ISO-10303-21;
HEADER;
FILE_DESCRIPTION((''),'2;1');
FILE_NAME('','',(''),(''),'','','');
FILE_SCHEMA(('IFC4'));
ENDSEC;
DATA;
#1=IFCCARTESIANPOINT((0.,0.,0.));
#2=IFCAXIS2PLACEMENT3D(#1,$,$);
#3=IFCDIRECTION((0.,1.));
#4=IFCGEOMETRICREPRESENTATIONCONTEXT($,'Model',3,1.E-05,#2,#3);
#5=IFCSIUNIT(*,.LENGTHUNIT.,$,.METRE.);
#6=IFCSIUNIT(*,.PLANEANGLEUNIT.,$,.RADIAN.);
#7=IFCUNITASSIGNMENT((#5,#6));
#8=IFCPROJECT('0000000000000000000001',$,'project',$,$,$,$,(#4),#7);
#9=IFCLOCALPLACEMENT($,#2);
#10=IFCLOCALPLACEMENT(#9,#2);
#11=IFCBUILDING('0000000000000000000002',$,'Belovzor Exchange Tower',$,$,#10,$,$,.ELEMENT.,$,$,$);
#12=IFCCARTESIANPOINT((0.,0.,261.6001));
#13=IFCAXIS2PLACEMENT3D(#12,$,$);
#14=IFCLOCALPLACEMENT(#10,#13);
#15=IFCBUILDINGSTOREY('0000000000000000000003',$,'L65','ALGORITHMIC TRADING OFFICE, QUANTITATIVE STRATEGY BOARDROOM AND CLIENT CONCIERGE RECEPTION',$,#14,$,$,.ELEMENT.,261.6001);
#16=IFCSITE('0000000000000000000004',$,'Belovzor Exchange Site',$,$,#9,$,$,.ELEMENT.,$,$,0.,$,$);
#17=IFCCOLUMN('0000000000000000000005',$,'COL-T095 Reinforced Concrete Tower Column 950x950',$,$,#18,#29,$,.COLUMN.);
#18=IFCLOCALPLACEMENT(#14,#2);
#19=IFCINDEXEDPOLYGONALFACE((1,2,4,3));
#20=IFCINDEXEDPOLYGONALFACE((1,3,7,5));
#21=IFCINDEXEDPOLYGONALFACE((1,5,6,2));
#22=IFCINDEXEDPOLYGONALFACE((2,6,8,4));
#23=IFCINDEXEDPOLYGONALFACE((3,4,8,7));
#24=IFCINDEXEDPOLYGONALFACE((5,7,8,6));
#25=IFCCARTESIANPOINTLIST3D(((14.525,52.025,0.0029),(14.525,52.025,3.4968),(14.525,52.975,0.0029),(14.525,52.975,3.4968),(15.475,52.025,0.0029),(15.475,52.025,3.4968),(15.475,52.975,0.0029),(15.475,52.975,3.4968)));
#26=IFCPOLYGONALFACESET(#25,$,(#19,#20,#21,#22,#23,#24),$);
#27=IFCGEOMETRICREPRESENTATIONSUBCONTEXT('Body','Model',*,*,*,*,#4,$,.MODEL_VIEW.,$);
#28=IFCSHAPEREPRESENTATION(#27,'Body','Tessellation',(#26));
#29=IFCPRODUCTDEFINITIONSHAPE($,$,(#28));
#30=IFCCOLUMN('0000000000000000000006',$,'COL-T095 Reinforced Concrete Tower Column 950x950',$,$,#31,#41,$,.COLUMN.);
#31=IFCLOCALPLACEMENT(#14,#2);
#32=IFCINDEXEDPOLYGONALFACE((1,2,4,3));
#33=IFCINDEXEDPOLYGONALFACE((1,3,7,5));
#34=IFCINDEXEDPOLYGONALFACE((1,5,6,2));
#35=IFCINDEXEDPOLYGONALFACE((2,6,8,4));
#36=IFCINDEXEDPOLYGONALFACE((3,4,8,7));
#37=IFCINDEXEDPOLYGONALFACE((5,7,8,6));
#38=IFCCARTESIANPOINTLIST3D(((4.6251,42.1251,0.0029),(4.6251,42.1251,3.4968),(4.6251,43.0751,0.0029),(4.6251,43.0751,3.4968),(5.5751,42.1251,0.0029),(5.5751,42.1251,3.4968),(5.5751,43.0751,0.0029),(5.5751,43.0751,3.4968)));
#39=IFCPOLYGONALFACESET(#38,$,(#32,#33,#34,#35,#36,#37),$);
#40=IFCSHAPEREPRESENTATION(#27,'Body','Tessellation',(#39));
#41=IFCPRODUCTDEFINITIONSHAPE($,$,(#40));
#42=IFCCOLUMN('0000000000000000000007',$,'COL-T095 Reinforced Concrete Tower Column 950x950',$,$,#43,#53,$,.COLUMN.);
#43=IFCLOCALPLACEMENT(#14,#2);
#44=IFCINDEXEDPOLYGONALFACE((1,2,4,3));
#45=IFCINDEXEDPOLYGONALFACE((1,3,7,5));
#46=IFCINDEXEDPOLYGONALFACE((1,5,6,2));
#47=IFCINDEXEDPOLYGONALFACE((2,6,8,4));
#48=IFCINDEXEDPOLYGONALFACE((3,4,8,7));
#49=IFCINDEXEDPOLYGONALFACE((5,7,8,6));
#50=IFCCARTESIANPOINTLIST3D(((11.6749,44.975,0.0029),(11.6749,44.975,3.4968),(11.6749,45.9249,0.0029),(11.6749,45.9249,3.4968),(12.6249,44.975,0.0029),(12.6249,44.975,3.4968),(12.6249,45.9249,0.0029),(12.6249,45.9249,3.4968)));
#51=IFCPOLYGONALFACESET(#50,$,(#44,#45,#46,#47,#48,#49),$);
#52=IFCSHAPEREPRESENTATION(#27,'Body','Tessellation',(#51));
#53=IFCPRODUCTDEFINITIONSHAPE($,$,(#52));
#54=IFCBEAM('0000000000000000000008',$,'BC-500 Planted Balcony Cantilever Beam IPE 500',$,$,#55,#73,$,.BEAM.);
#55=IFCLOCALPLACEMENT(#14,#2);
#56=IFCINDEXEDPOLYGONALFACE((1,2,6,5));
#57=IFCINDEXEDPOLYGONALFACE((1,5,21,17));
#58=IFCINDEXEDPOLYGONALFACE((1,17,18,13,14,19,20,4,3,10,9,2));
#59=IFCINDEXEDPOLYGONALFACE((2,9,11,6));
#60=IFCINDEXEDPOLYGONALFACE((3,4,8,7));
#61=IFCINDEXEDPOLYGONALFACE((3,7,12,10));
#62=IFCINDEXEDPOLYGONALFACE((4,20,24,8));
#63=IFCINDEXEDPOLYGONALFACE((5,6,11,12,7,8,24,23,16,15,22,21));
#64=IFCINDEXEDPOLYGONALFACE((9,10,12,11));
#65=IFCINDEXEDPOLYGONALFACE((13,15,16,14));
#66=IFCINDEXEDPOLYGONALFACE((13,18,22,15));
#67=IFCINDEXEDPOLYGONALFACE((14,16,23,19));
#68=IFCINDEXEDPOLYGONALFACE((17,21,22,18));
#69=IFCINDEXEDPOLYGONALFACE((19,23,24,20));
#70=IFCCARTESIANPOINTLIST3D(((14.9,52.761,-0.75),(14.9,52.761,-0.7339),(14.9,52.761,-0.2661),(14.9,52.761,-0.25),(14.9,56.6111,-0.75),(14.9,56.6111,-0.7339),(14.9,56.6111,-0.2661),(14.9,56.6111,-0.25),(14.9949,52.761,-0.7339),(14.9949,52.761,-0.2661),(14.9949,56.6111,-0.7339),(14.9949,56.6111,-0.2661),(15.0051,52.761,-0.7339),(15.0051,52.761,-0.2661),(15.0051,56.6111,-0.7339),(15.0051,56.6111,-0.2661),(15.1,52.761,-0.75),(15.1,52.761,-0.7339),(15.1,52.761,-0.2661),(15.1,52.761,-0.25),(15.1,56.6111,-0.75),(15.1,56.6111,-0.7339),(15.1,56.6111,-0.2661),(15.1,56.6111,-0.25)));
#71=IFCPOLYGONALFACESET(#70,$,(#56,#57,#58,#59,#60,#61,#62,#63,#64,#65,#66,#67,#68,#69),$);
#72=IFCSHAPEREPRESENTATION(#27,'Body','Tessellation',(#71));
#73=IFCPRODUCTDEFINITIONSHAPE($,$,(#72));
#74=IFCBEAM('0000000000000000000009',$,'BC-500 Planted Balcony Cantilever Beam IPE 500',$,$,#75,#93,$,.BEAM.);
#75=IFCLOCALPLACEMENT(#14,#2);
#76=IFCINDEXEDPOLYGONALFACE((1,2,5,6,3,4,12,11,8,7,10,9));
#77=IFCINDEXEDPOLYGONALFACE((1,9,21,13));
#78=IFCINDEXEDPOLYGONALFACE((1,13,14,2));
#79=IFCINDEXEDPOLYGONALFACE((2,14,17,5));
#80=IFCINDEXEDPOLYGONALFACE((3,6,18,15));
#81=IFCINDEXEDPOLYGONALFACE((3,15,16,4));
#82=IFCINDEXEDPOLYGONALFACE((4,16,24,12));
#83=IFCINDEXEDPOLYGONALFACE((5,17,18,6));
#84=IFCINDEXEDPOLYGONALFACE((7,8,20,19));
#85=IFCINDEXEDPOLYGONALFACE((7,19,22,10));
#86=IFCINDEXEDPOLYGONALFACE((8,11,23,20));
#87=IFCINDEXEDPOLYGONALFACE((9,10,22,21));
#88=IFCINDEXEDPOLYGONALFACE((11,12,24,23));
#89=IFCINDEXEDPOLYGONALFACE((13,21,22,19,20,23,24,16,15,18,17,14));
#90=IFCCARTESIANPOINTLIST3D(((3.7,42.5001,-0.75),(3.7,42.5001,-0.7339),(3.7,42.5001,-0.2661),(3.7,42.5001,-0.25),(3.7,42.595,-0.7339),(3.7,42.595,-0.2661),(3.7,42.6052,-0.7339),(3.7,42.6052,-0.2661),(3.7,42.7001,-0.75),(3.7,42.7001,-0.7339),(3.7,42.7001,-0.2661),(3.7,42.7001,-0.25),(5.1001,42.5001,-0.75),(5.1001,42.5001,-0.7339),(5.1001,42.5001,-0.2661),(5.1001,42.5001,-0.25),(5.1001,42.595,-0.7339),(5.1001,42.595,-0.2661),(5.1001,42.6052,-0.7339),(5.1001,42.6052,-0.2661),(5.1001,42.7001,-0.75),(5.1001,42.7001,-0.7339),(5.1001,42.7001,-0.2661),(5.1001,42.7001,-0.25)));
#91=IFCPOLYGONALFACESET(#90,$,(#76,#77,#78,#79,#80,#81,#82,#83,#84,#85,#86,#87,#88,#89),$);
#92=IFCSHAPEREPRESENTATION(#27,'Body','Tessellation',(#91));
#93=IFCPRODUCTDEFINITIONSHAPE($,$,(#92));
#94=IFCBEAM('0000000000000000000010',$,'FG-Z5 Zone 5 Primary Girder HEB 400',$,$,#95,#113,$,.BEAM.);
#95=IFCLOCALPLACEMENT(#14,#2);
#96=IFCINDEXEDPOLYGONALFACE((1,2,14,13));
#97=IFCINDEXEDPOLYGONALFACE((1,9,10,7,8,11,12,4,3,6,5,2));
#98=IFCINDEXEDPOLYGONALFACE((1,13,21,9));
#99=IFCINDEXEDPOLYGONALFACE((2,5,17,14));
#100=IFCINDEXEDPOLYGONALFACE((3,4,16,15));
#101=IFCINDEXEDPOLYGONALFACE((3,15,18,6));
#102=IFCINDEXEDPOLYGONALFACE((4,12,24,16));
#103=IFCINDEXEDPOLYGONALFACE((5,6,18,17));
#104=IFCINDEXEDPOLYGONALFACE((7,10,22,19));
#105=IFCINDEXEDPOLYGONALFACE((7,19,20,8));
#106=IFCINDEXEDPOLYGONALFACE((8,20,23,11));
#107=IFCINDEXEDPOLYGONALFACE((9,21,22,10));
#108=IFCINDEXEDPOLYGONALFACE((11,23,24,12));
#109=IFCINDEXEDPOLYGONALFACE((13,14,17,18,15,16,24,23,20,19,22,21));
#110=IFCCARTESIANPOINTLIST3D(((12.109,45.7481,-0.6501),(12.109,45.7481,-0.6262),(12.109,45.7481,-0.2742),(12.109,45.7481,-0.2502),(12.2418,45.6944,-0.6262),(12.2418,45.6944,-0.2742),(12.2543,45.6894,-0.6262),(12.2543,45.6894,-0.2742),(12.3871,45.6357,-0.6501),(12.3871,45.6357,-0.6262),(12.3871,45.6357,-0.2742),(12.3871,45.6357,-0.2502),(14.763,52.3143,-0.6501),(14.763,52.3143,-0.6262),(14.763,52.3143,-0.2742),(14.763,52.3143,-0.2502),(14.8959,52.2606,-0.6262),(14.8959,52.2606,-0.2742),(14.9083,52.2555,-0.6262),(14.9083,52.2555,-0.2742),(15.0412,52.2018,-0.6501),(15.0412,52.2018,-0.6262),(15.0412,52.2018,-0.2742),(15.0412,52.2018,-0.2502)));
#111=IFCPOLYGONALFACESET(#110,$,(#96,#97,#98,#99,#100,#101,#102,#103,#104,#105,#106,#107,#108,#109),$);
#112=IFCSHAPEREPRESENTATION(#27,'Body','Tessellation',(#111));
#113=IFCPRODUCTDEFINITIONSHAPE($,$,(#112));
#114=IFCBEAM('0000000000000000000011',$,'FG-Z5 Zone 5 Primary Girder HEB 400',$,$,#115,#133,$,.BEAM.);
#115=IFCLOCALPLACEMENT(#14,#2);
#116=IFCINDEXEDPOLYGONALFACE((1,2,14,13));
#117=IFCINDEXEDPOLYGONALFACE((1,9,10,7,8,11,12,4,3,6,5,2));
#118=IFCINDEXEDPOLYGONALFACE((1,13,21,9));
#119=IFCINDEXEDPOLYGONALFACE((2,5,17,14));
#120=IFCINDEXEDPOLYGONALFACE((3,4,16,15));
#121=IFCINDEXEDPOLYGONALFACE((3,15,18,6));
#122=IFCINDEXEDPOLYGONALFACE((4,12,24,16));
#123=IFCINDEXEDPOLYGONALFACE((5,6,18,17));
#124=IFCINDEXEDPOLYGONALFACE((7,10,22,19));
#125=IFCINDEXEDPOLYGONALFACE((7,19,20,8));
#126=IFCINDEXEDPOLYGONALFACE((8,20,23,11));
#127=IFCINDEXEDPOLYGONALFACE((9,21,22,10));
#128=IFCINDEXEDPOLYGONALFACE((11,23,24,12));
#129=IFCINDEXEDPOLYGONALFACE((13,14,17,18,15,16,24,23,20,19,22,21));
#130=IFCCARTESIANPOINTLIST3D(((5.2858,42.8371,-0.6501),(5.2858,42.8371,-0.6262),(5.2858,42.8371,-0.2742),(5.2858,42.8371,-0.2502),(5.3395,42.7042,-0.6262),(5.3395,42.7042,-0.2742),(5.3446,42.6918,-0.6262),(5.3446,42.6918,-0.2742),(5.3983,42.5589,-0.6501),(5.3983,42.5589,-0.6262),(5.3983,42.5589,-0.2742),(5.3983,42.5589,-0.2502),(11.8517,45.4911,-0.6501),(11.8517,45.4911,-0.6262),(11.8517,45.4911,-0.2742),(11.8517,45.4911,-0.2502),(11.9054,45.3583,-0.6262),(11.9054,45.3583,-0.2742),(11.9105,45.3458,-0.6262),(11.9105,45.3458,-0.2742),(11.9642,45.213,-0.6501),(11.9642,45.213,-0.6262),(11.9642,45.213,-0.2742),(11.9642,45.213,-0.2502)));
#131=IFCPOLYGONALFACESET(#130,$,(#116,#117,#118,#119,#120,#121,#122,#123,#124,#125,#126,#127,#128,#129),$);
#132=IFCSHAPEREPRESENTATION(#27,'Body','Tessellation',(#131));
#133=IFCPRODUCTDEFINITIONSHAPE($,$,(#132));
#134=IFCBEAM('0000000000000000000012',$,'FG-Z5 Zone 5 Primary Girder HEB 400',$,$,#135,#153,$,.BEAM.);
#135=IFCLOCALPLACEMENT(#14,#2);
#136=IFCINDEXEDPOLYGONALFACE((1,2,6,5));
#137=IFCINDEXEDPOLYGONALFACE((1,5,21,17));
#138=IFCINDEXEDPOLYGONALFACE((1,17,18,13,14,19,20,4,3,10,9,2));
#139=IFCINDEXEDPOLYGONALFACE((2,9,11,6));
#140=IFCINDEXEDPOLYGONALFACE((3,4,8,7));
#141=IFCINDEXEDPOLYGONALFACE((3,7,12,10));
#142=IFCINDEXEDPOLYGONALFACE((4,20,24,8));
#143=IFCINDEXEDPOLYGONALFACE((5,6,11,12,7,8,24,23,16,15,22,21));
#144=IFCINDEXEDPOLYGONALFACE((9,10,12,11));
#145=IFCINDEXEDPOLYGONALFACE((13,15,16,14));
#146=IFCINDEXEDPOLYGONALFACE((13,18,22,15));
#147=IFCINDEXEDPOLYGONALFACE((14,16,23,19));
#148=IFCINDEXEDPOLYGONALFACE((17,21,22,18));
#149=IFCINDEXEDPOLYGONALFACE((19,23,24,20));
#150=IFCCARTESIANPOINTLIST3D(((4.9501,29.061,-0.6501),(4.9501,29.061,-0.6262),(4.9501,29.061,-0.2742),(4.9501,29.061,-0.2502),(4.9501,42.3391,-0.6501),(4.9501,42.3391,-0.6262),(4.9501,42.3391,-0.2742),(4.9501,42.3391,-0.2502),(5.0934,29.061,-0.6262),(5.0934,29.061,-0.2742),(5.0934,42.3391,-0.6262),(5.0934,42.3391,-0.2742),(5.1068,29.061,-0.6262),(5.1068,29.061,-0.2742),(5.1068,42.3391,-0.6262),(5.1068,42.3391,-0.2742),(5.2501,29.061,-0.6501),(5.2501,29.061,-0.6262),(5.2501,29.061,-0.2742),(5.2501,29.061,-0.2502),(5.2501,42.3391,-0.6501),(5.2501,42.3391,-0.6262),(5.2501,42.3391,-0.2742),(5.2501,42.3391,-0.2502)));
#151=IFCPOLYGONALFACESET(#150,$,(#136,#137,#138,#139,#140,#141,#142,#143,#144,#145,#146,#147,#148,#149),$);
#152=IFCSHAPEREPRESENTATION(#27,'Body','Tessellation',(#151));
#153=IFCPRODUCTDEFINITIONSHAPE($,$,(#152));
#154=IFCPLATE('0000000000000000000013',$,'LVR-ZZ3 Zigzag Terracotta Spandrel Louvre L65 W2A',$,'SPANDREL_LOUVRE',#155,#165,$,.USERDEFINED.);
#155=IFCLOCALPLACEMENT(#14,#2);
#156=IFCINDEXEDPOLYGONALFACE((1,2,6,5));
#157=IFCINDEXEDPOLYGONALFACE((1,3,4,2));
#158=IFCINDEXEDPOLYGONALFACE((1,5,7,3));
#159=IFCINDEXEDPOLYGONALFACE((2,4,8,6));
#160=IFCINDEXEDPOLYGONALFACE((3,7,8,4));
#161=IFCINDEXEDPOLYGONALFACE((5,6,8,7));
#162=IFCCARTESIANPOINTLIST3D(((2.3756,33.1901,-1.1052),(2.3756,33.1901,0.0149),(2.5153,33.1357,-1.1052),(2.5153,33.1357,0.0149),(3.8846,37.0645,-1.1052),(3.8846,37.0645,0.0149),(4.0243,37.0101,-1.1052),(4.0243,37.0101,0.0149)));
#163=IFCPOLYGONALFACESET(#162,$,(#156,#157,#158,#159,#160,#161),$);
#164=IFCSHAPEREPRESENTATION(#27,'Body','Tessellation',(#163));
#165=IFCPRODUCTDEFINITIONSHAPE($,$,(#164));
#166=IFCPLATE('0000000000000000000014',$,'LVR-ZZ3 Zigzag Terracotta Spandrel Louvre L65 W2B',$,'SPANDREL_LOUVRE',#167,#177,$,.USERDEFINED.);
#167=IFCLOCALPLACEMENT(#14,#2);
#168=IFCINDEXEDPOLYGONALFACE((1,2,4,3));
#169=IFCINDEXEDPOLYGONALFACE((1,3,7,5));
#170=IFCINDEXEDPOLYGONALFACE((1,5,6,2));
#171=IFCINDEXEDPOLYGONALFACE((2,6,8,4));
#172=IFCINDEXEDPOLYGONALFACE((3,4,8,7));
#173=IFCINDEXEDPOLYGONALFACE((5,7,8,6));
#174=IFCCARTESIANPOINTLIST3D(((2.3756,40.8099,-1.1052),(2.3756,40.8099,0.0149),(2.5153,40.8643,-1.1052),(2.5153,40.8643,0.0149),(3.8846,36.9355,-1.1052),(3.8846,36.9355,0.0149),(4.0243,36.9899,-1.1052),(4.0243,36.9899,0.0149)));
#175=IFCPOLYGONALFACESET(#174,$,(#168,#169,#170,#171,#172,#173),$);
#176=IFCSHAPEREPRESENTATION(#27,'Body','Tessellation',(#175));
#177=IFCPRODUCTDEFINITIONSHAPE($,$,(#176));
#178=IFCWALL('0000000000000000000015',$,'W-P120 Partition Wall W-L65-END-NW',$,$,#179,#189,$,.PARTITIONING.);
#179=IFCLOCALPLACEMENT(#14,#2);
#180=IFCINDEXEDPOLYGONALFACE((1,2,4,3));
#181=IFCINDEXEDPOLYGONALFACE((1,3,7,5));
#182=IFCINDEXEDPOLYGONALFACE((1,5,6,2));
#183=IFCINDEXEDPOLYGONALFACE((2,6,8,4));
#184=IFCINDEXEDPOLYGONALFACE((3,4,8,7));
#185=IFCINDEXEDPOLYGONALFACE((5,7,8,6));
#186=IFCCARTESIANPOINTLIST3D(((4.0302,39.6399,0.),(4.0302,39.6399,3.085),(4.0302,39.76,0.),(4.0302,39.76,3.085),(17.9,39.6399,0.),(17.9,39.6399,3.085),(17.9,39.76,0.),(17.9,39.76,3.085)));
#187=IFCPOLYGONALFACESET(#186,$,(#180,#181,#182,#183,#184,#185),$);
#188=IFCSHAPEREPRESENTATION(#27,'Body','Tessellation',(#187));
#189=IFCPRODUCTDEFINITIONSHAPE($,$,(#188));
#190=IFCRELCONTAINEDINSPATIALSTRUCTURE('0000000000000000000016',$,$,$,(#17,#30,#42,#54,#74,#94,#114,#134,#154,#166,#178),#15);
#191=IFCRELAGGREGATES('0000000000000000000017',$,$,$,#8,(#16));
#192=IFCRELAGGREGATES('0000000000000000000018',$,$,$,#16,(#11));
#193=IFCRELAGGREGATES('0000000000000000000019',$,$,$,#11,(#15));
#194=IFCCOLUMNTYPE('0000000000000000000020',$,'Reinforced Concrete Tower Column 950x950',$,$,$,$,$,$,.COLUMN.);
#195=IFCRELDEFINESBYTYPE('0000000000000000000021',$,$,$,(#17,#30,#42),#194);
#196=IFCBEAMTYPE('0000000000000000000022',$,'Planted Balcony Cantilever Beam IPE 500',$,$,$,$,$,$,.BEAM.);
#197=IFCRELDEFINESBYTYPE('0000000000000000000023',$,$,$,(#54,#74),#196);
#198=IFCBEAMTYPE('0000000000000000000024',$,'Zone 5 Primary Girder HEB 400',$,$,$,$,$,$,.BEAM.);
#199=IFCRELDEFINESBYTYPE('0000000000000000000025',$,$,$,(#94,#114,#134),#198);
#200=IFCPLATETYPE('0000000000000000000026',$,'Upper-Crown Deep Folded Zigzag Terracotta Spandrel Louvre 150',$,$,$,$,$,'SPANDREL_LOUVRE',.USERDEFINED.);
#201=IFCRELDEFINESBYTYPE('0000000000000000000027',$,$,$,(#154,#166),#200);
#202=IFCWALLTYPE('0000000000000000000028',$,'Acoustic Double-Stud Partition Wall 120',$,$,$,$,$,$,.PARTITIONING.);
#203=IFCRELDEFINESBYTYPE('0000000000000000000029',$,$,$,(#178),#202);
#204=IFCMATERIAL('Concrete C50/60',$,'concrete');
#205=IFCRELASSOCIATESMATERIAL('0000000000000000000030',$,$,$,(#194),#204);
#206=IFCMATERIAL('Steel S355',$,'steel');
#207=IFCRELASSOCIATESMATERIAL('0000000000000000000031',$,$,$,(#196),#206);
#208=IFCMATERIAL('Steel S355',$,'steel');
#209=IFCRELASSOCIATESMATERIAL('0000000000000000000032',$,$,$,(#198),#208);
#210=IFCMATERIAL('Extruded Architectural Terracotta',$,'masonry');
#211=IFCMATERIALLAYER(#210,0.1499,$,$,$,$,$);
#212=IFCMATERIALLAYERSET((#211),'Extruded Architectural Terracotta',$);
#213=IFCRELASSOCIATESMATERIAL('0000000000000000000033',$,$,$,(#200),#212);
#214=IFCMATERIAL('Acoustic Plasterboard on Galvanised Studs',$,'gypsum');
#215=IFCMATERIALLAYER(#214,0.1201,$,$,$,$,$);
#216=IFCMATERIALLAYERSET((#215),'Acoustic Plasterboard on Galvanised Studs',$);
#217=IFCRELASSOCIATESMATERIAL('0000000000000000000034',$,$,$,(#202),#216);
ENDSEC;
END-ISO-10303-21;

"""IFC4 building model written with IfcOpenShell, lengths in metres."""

from ifc_helpers import new_model, si_unit, direction, frame, frame_2d, origin, origin_2d, place, context, subcontext, project, spatial, rectangle, i_section, extrude, material, layer, layer_set, material_profile, profile_set, type_object, element, save


model = new_model("IFC4")

# Units and contexts
model_context = context("Model", 3, precision=1e-05, world=origin(), true_north=direction((0.0, 1.0)))
body_context = subcontext(model_context, "Body", "Model", "MODEL_VIEW")
ifc_project = project(units=[si_unit("LENGTHUNIT", "METRE"), si_unit("PLANEANGLEUNIT", "RADIAN")], contexts=[model_context])

# Site, building, storey
site_placement = place(None, origin())
site = spatial("IfcSite", under=ifc_project, at=site_placement, Name="Belovzor Exchange Site", CompositionType="ELEMENT", RefElevation=0.0)
building_placement = place(site_placement, origin())
building = spatial("IfcBuilding", under=site, at=building_placement, Name="Belovzor Exchange Tower", CompositionType="ELEMENT")
storey_placement = place(building_placement, frame((0.0, 0.0, 261.6001)))
storey = spatial("IfcBuildingStorey", under=building, at=storey_placement, Name="L65", Description="ALGORITHMIC TRADING OFFICE, QUANTITATIVE STRATEGY BOARDROOM AND CLIENT CONCIERGE RECEPTION", CompositionType="ELEMENT", Elevation=261.6001)

# Columns
ifc_material_1 = material(Name="Concrete C50/60", Category="concrete")
ifc_material_profile_1 = material_profile(ifc_material_1, rectangle(XDim=0.95, YDim=0.95, at=origin_2d()))
ifc_profile_set_1 = profile_set([ifc_material_profile_1], Name="Concrete C50/60")
column_type = type_object("IfcColumnType", Name="Reinforced Concrete Tower Column 950x950", PredefinedType="COLUMN", material=ifc_profile_set_1)
for number, where, z_axis, x_axis, name in (
    (1, (15.0, 52.5, 0.0029), (0.0, 0.0, 1.0), (1.0, 0.0, 0.0), "COL-T095 Reinforced Concrete Tower Column 950x950"),
    (2, (5.1001, 42.6001, 0.0029), (0.0, 0.0, 1.0), (1.0, 0.0, 0.0), "COL-T095 Reinforced Concrete Tower Column 950x950"),
    (3, (12.1499, 45.45, 0.0029), (0.0, 0.0, 1.0), (1.0, 0.0, 0.0), "COL-T095 Reinforced Concrete Tower Column 950x950"),
):
    element("IfcColumn", number, at=place(storey_placement, frame(where, z_axis=z_axis, x_axis=x_axis)), inside=storey, type_object=column_type, Name=name, PredefinedType="COLUMN", context=body_context, shape_type="SweptSolid", body=[
        extrude(rectangle(XDim=0.95, YDim=0.95, at=origin_2d()), origin(), (0.0, 0.0, 1.0), 3.4939),
    ])

# Beams
ifc_material_2 = material(Name="Steel S355", Category="steel")
ifc_material_profile_2 = material_profile(ifc_material_2, i_section(OverallWidth=0.2, OverallDepth=0.5, WebThickness=0.0103, FlangeThickness=0.0161, at=origin_2d()))
ifc_profile_set_2 = profile_set([ifc_material_profile_2], Name="Steel S355")
beam_type_1 = type_object("IfcBeamType", Name="Planted Balcony Cantilever Beam IPE 500", PredefinedType="BEAM", material=ifc_profile_set_2)
beam_1_placement = place(storey_placement, frame((15.0, 52.761, -0.5), z_axis=(0.0, 1.0, 0.0), x_axis=(-1.0, 0.0, 0.0)))
element("IfcBeam", 4, at=beam_1_placement, inside=storey, type_object=beam_type_1, Name="BC-500 Planted Balcony Cantilever Beam IPE 500", PredefinedType="BEAM", context=body_context, shape_type="SweptSolid", body=[
    extrude(i_section(OverallWidth=0.2, OverallDepth=0.5, WebThickness=0.0103, FlangeThickness=0.0161, at=origin_2d()), origin(), (0.0, 0.0, 1.0), 3.8501),
])
beam_2_placement = place(storey_placement, frame((5.1001, 42.6001, -0.5), z_axis=(-1.0, 0.0, 0.0), x_axis=(0.0, -1.0, 0.0)))
element("IfcBeam", 5, at=beam_2_placement, inside=storey, type_object=beam_type_1, Name="BC-500 Planted Balcony Cantilever Beam IPE 500", PredefinedType="BEAM", context=body_context, shape_type="SweptSolid", body=[
    extrude(i_section(OverallWidth=0.2, OverallDepth=0.5, WebThickness=0.0103, FlangeThickness=0.0161, at=origin_2d()), origin(), (0.0, 0.0, 1.0), 1.4001),
])
ifc_material_3 = material(Name="Steel S355", Category="steel")
ifc_material_profile_3 = material_profile(ifc_material_3, i_section(OverallWidth=0.3, OverallDepth=0.3999, WebThickness=0.0134, FlangeThickness=0.0239, at=origin_2d()))
ifc_profile_set_3 = profile_set([ifc_material_profile_3], Name="Steel S355")
beam_type_2 = type_object("IfcBeamType", Name="Zone 5 Primary Girder HEB 400", PredefinedType="BEAM", material=ifc_profile_set_3)
beam_3_placement = place(storey_placement, frame((14.9021, 52.2581, -0.4502), z_axis=(-0.374746, -0.927127, 0.0), x_axis=(0.927127, -0.374746, 0.0)))
element("IfcBeam", 6, at=beam_3_placement, inside=storey, type_object=beam_type_2, Name="FG-Z5 Zone 5 Primary Girder HEB 400", PredefinedType="BEAM", context=body_context, shape_type="SweptSolid", body=[
    extrude(i_section(OverallWidth=0.3, OverallDepth=0.3999, WebThickness=0.0134, FlangeThickness=0.0239, at=origin_2d()), origin(), (0.0, 0.0, 1.0), 7.0823),
])
beam_4_placement = place(storey_placement, frame((11.908, 45.3521, -0.4502), z_axis=(-0.927123, -0.374758, 0.0), x_axis=(0.374758, -0.927123, 0.0)))
element("IfcBeam", 7, at=beam_4_placement, inside=storey, type_object=beam_type_2, Name="FG-Z5 Zone 5 Primary Girder HEB 400", PredefinedType="BEAM", context=body_context, shape_type="SweptSolid", body=[
    extrude(i_section(OverallWidth=0.3, OverallDepth=0.3999, WebThickness=0.0134, FlangeThickness=0.0239, at=origin_2d()), origin(), (0.0, 0.0, 1.0), 7.082),
])
beam_5_placement = place(storey_placement, frame((5.1001, 42.3391, -0.4502), z_axis=(0.0, -1.0, 0.0), x_axis=(1.0, 0.0, 0.0)))
element("IfcBeam", 8, at=beam_5_placement, inside=storey, type_object=beam_type_2, Name="FG-Z5 Zone 5 Primary Girder HEB 400", PredefinedType="BEAM", context=body_context, shape_type="SweptSolid", body=[
    extrude(i_section(OverallWidth=0.3, OverallDepth=0.3999, WebThickness=0.0134, FlangeThickness=0.0239, at=origin_2d()), origin(), (0.0, 0.0, 1.0), 13.2781),
])

# Plates
ifc_material_4 = material(Name="Extruded Architectural Terracotta", Category="masonry")
ifc_layer_1 = layer(ifc_material_4, 0.1499)
ifc_layer_set_1 = layer_set([ifc_layer_1], Name="Extruded Architectural Terracotta")
plate_type = type_object("IfcPlateType", Name="Upper-Crown Deep Folded Zigzag Terracotta Spandrel Louvre 150", ElementType="SPANDREL_LOUVRE", PredefinedType="USERDEFINED", material=ifc_layer_set_1)
for number, where, z_axis, x_axis, name in (
    (9, (3.2, 35.1001, -1.1052), (0.0, 0.0, 1.0), (0.362926, 0.931818, 0.0), "LVR-ZZ3 Zigzag Terracotta Spandrel Louvre L65 W2A"),
    (10, (3.2, 38.8999, -1.1052), (0.0, 0.0, 1.0), (-0.362926, 0.931818, 0.0), "LVR-ZZ3 Zigzag Terracotta Spandrel Louvre L65 W2B"),
):
    element("IfcPlate", number, at=place(storey_placement, frame(where, z_axis=z_axis, x_axis=x_axis)), inside=storey, type_object=plate_type, Name=name, ObjectType="SPANDREL_LOUVRE", PredefinedType="USERDEFINED", context=body_context, shape_type="SweptSolid", body=[
        extrude(rectangle(XDim=4.158, YDim=0.1499, at=origin_2d()), origin(), (0.0, 0.0, 1.0), 1.1201),
    ])

# Wall
ifc_material_5 = material(Name="Acoustic Plasterboard on Galvanised Studs", Category="gypsum")
ifc_layer_2 = layer(ifc_material_5, 0.1201)
ifc_layer_set_2 = layer_set([ifc_layer_2], Name="Acoustic Plasterboard on Galvanised Studs")
wall_type_1 = type_object("IfcWallType", Name="Acoustic Double-Stud Partition Wall 120", PredefinedType="PARTITIONING", material=ifc_layer_set_2)
wall_1_placement = place(storey_placement, frame((4.03, 39.7, 0.0), z_axis=(0.0, 0.0, 1.0), x_axis=(1.0, 0.0, 0.0)))
element("IfcWall", 11, at=wall_1_placement, inside=storey, type_object=wall_type_1, Name="W-P120 Partition Wall W-L65-END-NW", PredefinedType="PARTITIONING", context=body_context, shape_type="SweptSolid", body=[
    extrude(rectangle(XDim=13.8699, YDim=0.1201, at=frame_2d((6.9351, 0.0))), origin(), (0.0, 0.0, 1.0), 3.085),
])

save(model, "model.ifc")
